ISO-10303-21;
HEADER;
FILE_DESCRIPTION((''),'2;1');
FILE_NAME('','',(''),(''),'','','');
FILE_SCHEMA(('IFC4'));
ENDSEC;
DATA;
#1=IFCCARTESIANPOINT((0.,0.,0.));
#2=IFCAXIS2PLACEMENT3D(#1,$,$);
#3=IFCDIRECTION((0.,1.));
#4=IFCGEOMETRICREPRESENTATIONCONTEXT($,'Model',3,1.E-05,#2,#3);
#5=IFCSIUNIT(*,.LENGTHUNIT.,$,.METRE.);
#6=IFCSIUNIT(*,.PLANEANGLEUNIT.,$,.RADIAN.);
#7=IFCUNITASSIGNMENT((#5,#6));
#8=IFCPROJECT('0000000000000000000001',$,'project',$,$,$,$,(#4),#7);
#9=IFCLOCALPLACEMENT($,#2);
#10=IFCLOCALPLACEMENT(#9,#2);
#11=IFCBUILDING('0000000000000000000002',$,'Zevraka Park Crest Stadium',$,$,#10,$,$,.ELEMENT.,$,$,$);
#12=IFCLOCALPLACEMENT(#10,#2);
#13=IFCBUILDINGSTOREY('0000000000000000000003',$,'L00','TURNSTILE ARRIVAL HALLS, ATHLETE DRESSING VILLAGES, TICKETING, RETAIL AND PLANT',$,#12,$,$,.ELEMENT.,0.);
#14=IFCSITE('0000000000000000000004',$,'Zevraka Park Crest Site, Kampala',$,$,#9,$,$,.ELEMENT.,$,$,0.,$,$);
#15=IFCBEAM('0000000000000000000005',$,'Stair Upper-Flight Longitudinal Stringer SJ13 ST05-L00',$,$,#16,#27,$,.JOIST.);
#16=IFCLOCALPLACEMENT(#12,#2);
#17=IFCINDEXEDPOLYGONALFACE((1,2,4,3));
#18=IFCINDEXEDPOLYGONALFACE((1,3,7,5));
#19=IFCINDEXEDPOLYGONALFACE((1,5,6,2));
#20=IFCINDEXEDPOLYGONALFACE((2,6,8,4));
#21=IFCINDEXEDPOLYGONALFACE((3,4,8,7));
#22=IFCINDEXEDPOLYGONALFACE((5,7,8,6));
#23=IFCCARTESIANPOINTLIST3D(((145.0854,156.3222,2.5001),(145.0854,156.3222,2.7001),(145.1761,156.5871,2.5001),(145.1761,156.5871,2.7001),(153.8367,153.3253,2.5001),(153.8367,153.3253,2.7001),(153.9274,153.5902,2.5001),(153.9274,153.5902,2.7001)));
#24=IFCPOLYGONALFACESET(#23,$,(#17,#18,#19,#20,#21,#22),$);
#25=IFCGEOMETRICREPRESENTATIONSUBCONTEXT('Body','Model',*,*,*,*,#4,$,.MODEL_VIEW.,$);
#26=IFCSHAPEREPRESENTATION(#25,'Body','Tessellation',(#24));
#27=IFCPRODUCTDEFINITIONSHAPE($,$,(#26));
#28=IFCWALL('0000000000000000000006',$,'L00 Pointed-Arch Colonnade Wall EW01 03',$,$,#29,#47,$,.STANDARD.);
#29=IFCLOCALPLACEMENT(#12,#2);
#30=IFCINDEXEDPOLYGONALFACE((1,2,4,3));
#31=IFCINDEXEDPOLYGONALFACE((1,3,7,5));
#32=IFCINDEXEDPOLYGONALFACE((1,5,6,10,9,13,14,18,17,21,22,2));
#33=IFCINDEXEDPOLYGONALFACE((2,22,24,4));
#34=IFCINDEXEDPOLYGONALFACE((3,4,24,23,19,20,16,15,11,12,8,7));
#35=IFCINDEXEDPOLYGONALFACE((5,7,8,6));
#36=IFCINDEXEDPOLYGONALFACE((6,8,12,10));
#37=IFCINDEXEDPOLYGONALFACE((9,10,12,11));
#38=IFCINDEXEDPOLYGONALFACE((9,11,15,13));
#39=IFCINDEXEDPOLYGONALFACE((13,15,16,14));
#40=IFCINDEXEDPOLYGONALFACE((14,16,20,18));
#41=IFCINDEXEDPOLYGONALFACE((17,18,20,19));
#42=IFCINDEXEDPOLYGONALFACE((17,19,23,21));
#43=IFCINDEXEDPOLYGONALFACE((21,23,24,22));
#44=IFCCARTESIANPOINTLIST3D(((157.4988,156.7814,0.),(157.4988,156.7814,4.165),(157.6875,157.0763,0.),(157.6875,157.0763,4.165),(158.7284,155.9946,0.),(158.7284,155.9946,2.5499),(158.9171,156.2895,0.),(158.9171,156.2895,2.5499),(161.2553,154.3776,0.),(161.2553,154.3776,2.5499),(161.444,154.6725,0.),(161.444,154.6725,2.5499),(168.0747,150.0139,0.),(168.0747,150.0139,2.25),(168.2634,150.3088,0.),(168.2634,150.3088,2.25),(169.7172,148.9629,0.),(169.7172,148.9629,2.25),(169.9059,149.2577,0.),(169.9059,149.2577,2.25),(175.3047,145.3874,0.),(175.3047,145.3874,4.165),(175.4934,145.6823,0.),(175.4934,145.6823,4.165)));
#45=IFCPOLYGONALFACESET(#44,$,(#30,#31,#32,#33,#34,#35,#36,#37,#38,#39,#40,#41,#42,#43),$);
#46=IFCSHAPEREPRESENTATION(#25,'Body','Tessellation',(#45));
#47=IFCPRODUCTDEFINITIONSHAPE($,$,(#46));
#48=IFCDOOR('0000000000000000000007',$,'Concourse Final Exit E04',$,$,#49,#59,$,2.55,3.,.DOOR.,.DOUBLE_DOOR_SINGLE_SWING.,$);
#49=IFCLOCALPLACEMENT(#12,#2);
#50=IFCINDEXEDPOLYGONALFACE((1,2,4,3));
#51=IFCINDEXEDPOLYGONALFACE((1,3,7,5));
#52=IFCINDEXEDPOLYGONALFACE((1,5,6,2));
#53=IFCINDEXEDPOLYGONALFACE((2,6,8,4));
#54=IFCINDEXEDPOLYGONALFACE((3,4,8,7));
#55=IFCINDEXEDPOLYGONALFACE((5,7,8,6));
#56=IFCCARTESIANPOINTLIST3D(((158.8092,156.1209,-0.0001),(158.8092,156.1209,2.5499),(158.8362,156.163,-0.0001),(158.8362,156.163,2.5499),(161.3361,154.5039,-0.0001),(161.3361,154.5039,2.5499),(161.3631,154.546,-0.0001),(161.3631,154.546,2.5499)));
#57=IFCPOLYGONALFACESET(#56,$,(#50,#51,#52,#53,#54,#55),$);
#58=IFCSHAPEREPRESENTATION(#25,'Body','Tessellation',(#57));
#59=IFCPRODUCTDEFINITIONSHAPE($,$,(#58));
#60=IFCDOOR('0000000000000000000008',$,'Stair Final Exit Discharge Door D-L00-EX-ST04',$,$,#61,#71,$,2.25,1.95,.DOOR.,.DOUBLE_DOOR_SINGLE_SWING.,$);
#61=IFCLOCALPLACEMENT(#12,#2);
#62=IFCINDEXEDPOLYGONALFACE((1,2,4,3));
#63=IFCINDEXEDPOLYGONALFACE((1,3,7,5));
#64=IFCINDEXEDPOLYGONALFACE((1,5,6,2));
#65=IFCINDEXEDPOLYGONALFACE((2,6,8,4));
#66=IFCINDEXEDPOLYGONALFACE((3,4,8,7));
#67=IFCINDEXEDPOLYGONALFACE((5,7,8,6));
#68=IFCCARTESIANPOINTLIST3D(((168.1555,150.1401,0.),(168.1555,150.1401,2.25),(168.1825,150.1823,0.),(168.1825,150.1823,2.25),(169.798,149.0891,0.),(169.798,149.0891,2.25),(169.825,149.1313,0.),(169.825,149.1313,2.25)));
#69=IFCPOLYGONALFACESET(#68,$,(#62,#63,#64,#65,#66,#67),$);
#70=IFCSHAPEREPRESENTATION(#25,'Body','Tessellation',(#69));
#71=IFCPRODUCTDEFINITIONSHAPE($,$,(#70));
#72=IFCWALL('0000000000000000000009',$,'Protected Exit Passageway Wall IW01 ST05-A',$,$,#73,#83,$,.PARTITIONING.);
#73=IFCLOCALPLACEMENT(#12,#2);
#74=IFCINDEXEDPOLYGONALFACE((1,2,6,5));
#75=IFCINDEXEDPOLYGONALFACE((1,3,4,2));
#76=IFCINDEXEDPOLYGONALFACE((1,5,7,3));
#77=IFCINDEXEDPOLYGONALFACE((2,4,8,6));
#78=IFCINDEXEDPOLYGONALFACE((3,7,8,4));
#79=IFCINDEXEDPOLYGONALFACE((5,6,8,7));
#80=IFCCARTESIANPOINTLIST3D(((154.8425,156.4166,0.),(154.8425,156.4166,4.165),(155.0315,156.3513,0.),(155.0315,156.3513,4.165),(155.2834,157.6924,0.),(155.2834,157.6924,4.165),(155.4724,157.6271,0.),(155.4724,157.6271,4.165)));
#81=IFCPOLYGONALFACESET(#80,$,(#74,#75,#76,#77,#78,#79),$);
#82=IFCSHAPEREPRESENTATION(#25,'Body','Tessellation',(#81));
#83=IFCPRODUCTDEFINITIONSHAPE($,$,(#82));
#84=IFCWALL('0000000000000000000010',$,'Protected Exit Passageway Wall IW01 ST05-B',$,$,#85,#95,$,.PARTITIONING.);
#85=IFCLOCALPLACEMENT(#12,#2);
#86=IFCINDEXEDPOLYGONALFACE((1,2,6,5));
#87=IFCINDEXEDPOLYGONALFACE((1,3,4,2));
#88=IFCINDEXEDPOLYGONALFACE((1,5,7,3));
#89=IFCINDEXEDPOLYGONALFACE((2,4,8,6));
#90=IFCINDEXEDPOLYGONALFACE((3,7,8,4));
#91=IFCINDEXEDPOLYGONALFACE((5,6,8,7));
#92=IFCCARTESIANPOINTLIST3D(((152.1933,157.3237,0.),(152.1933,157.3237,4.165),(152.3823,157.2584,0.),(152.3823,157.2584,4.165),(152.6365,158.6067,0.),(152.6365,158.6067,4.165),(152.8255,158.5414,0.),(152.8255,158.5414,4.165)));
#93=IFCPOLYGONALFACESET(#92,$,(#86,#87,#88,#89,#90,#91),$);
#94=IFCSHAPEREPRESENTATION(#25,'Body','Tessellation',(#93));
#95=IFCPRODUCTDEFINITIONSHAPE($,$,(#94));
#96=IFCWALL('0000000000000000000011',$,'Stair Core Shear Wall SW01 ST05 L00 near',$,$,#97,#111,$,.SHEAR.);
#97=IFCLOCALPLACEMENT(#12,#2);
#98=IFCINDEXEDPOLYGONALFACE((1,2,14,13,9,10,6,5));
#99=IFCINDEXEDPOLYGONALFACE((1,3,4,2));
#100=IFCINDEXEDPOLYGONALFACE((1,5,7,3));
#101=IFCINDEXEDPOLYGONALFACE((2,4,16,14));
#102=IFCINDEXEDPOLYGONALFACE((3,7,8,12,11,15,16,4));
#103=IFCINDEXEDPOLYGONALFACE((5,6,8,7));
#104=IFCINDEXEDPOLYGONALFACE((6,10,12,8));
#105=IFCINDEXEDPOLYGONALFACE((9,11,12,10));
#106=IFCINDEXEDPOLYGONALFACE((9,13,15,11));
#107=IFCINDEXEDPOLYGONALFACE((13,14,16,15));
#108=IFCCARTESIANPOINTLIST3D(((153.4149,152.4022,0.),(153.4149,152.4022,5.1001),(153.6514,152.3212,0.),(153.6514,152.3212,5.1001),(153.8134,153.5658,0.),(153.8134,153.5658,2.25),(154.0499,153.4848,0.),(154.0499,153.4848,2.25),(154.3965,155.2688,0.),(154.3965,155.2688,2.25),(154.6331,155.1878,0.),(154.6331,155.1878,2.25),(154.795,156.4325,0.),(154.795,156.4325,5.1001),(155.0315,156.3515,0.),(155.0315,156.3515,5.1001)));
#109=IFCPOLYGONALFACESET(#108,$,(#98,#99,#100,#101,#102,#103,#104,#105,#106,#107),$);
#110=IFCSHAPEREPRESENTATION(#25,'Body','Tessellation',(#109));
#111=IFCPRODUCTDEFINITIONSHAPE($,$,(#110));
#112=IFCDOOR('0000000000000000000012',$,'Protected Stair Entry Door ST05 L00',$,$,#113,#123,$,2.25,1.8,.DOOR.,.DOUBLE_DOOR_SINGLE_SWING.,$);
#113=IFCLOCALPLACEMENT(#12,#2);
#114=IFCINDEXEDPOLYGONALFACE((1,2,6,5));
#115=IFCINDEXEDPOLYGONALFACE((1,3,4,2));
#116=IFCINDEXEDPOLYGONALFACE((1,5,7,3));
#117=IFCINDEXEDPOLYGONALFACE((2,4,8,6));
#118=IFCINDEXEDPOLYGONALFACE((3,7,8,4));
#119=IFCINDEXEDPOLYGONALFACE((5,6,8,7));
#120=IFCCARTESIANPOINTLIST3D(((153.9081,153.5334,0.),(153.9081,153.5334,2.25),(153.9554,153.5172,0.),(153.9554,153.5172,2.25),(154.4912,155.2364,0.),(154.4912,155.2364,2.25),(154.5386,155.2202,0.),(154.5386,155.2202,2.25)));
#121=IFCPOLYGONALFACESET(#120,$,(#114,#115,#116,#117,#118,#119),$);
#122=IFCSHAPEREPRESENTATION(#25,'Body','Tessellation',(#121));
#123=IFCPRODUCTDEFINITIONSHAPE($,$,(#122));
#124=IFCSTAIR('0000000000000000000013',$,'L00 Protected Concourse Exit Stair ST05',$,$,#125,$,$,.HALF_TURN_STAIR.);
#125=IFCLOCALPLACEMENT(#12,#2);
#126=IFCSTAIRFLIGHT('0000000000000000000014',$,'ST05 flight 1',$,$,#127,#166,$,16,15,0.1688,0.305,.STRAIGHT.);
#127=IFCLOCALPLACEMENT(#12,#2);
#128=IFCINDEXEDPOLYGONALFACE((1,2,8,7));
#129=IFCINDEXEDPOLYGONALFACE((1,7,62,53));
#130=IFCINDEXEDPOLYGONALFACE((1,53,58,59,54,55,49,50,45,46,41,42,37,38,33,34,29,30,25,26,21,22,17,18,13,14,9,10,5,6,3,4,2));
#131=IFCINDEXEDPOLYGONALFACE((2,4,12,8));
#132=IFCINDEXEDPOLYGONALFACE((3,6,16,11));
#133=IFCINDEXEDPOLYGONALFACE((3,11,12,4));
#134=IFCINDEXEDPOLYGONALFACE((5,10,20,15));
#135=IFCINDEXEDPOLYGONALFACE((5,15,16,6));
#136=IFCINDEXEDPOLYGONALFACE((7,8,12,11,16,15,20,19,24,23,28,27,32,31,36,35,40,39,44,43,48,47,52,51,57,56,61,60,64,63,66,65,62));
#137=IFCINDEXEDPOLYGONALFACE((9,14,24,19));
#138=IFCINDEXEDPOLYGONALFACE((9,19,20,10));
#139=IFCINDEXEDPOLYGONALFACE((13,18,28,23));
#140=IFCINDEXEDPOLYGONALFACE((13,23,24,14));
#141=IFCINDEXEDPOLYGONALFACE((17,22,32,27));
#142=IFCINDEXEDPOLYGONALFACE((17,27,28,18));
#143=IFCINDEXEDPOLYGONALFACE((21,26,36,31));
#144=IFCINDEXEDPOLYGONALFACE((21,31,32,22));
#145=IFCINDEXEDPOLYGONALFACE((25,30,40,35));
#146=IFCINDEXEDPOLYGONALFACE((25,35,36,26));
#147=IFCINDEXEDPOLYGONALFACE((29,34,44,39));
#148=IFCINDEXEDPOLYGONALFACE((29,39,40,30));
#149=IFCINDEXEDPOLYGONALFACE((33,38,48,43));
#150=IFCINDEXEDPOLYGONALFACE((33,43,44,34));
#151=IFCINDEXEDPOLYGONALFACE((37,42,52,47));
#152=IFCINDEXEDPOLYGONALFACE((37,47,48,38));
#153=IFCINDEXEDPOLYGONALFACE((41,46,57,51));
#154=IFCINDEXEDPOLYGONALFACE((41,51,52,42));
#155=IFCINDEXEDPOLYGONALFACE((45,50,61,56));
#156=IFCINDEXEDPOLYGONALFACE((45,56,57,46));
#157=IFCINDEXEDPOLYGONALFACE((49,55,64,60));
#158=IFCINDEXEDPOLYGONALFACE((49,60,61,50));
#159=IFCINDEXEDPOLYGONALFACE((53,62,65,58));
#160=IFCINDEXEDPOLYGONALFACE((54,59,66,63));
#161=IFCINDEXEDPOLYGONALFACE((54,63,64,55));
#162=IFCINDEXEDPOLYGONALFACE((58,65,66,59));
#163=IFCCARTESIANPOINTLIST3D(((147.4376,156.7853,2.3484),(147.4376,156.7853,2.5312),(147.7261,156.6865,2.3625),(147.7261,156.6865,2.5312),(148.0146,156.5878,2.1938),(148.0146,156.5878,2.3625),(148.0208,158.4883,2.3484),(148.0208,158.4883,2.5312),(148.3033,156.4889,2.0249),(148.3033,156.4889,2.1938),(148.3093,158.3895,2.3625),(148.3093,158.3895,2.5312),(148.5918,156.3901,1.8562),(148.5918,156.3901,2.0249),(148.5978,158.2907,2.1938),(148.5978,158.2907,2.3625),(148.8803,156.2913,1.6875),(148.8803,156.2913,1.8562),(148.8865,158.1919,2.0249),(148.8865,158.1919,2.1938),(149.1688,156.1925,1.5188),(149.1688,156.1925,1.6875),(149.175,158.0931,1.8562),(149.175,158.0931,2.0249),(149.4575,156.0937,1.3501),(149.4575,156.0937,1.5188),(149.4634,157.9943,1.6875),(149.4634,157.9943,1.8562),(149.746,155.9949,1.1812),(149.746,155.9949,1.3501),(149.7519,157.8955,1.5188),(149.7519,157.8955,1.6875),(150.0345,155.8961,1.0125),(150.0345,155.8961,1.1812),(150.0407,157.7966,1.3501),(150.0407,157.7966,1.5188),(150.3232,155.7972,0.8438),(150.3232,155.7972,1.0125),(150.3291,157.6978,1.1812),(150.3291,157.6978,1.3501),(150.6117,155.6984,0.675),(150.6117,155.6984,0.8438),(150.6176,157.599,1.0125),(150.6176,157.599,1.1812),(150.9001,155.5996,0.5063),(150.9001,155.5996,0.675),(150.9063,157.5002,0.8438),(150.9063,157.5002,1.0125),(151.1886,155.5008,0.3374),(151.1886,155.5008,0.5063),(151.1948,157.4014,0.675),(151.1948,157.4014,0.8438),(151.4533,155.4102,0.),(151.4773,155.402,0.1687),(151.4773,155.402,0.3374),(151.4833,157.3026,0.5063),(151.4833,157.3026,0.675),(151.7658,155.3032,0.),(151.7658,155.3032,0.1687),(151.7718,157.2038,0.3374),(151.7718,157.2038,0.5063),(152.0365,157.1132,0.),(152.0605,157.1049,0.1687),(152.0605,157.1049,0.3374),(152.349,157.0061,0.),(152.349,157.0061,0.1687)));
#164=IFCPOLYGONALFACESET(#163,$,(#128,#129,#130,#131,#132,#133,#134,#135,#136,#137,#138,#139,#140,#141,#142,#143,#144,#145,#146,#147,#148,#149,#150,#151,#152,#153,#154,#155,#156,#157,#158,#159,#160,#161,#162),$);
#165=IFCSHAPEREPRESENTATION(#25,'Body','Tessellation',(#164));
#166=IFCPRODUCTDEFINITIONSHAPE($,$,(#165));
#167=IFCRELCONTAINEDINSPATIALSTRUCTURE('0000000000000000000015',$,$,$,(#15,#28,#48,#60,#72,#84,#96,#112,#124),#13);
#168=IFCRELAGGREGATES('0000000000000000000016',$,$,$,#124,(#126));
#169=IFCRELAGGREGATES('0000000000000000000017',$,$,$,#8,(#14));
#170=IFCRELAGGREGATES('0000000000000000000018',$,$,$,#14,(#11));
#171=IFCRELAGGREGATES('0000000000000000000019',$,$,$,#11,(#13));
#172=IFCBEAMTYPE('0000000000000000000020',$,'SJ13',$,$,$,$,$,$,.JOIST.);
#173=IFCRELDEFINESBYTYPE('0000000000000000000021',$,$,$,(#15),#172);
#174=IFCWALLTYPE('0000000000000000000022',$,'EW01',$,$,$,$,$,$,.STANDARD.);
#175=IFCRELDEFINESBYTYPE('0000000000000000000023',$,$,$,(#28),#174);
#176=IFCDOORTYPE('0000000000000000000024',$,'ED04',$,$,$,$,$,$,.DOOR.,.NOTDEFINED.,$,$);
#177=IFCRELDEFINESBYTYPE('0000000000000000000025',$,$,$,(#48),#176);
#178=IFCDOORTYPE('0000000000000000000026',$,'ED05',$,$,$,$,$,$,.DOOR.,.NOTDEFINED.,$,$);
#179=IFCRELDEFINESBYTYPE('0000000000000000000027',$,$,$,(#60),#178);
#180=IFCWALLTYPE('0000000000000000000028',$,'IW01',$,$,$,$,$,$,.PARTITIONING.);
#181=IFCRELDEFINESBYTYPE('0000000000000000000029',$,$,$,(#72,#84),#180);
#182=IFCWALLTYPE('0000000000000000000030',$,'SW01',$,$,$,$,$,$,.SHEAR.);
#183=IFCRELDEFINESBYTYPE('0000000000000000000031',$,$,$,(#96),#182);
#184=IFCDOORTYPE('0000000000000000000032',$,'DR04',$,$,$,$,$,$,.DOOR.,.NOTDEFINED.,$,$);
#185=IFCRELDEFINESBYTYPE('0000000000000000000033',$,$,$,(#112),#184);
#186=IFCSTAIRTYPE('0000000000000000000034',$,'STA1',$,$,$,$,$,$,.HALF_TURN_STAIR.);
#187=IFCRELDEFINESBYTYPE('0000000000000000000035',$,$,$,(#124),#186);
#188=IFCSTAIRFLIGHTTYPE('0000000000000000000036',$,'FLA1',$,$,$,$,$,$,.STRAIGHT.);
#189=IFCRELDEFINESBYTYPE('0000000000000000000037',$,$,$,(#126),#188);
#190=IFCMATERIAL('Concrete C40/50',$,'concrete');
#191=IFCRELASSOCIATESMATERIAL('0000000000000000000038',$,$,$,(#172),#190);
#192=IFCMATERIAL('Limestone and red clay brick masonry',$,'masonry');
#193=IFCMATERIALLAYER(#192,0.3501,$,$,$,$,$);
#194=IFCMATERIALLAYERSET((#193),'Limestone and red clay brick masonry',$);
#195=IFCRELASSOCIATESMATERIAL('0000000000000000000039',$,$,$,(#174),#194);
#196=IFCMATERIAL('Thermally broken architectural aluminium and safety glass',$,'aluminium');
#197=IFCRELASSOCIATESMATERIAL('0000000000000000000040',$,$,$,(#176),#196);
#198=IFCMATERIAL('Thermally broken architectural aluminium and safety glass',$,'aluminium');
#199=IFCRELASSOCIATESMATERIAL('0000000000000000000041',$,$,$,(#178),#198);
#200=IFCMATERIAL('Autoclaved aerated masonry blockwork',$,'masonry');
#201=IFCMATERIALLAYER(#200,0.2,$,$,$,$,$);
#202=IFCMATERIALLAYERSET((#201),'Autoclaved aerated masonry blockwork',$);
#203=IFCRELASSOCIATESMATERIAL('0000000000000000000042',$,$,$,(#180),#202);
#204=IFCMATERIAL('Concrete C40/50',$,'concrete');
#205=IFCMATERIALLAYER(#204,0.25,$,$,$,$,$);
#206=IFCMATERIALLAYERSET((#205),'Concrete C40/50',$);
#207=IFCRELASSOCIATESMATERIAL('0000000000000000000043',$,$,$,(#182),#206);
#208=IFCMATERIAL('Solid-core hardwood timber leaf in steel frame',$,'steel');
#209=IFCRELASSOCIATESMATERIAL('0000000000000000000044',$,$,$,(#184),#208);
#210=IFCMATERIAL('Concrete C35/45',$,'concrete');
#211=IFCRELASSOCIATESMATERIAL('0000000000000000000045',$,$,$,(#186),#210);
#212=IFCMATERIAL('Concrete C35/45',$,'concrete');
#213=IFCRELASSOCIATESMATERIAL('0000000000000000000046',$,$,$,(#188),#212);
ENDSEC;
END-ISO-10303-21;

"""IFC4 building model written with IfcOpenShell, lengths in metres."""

from ifc_helpers import new_model, si_unit, direction, frame, frame_2d, origin, origin_2d, place, context, subcontext, project, spatial, polyline, rectangle, outline, extrude, material, layer, layer_set, material_profile, profile_set, type_object, element, fill, aggregate, save


model = new_model("IFC4")

# Units and contexts
model_context = context("Model", 3, precision=1e-05, world=origin(), true_north=direction((0.0, 1.0)))
body_context = subcontext(model_context, "Body", "Model", "MODEL_VIEW")
ifc_project = project(units=[si_unit("LENGTHUNIT", "METRE"), si_unit("PLANEANGLEUNIT", "RADIAN")], contexts=[model_context])

# Site, building, storey
site_placement = place(None, origin())
site = spatial("IfcSite", under=ifc_project, at=site_placement, Name="Zevraka Park Crest Site, Kampala", CompositionType="ELEMENT", RefElevation=0.0)
building_placement = place(site_placement, origin())
building = spatial("IfcBuilding", under=site, at=building_placement, Name="Zevraka Park Crest Stadium", CompositionType="ELEMENT")
storey_placement = place(building_placement, origin())
storey = spatial("IfcBuildingStorey", under=building, at=storey_placement, Name="L00", Description="TURNSTILE ARRIVAL HALLS, ATHLETE DRESSING VILLAGES, TICKETING, RETAIL AND PLANT", CompositionType="ELEMENT", Elevation=0.0)

# Beam
ifc_material_1 = material(Name="Concrete C40/50", Category="concrete")
ifc_material_profile_1 = material_profile(ifc_material_1, rectangle(XDim=0.28, YDim=0.2, at=origin_2d()), Name="RC 200x280")
ifc_profile_set_1 = profile_set([ifc_material_profile_1], Name="Concrete C40/50")
beam_type = type_object("IfcBeamType", Name="SJ13", PredefinedType="JOIST", material=ifc_profile_set_1)
beam_placement = place(storey_placement, frame((153.8821, 153.4578, 2.6001), z_axis=(-0.946065, 0.323977, 0.0), x_axis=(-0.323977, -0.946065, 0.0)))
element("IfcBeam", 1, at=beam_placement, inside=storey, type_object=beam_type, Name="Stair Upper-Flight Longitudinal Stringer SJ13 ST05-L00", PredefinedType="JOIST", context=body_context, shape_type="SweptSolid", body=[
    extrude(rectangle(XDim=0.28, YDim=0.2, at=origin_2d()), origin(), (0.0, 0.0, 1.0), 9.2502),
])

# Wall, openings, doors
ifc_material_2 = material(Name="Limestone and red clay brick masonry", Category="masonry")
ifc_layer_1 = layer(ifc_material_2, 0.3501)
ifc_layer_set_1 = layer_set([ifc_layer_1], Name="Limestone and red clay brick masonry")
wall_type_1 = type_object("IfcWallType", Name="EW01", PredefinedType="STANDARD", material=ifc_layer_set_1)
wall_1_placement = place(storey_placement, frame((157.593, 156.929, 0.0), z_axis=(0.0, 0.0, 1.0), x_axis=(0.842309, -0.538995, 0.0)))
wall_1 = element("IfcWall", 2, at=wall_1_placement, inside=storey, type_object=wall_type_1, Name="L00 Pointed-Arch Colonnade Wall EW01 03", PredefinedType="STANDARD", context=body_context, shape_type="SweptSolid", body=[
    extrude(rectangle(XDim=21.1394, YDim=0.3501, at=frame_2d((10.5698, 0.0))), origin(), (0.0, 0.0, 1.0), 4.165),
])
opening_1_placement = place(wall_1_placement, frame((12.5559, 0.0, 0.0)))
opening_1 = element("IfcOpeningElement", 3, at=opening_1_placement, cuts=wall_1, PredefinedType="OPENING", context=body_context, shape_type="SweptSolid", body=[
    extrude(rectangle(XDim=1.95, YDim=2.25, at=frame_2d((0.9751, 1.125))), frame((0.0, 0.1851, 0.0), z_axis=(0.0, -1.0, 0.0), x_axis=(1.0, 0.0, 0.0)), (0.0, 0.0, 1.0), 0.3701),
])
opening_2_placement = place(wall_1_placement, frame((1.46, 0.0, 0.0)))
opening_2 = element("IfcOpeningElement", 4, at=opening_2_placement, cuts=wall_1, PredefinedType="OPENING", context=body_context, shape_type="SweptSolid", body=[
    extrude(rectangle(XDim=3.0, YDim=2.55, at=frame_2d((1.5, 1.2749))), frame((0.0, 0.1851, 0.0), z_axis=(0.0, -1.0, 0.0), x_axis=(1.0, 0.0, 0.0)), (0.0, 0.0, 1.0), 0.3701),
])
ifc_material_3 = material(Name="Thermally broken architectural aluminium and safety glass", Category="aluminium")
door_type_1 = type_object("IfcDoorType", Name="ED04", OperationType="NOTDEFINED", PredefinedType="DOOR", material=ifc_material_3)
door_1_placement = place(opening_2_placement, origin())
door_1 = element("IfcDoor", 5, at=door_1_placement, inside=storey, type_object=door_type_1, Name="Concourse Final Exit E04", OperationType="DOUBLE_DOOR_SINGLE_SWING", OverallHeight=2.55, OverallWidth=3.0, PredefinedType="DOOR", context=body_context, shape_type="SweptSolid", body=[
    extrude(rectangle(XDim=3.0, YDim=2.55, at=frame_2d((1.5, 1.2749))), frame((0.0, 0.0249, 0.0), z_axis=(0.0, -1.0, 0.0), x_axis=(1.0, 0.0, 0.0)), (0.0, 0.0, 1.0), 0.05),
])
fill(opening_2, door_1)
ifc_material_4 = material(Name="Thermally broken architectural aluminium and safety glass", Category="aluminium")
door_type_2 = type_object("IfcDoorType", Name="ED05", OperationType="NOTDEFINED", PredefinedType="DOOR", material=ifc_material_4)
door_2_placement = place(opening_1_placement, origin())
door_2 = element("IfcDoor", 6, at=door_2_placement, inside=storey, type_object=door_type_2, Name="Stair Final Exit Discharge Door D-L00-EX-ST04", OperationType="DOUBLE_DOOR_SINGLE_SWING", OverallHeight=2.25, OverallWidth=1.95, PredefinedType="DOOR", context=body_context, shape_type="SweptSolid", body=[
    extrude(rectangle(XDim=1.95, YDim=2.25, at=frame_2d((0.9751, 1.125))), frame((0.0, 0.0249, 0.0), z_axis=(0.0, -1.0, 0.0), x_axis=(1.0, 0.0, 0.0)), (0.0, 0.0, 1.0), 0.05),
])
fill(opening_1, door_2)

# Walls
ifc_material_5 = material(Name="Autoclaved aerated masonry blockwork", Category="masonry")
ifc_layer_2 = layer(ifc_material_5, 0.2)
ifc_layer_set_2 = layer_set([ifc_layer_2], Name="Autoclaved aerated masonry blockwork")
wall_type_2 = type_object("IfcWallType", Name="IW01", PredefinedType="PARTITIONING", material=ifc_layer_set_2)
wall_2_placement = place(storey_placement, frame((154.937, 156.384, 0.0), z_axis=(0.0, 0.0, 1.0), x_axis=(0.326626, 0.945154, 0.0)))
element("IfcWall", 7, at=wall_2_placement, inside=storey, type_object=wall_type_2, Name="Protected Exit Passageway Wall IW01 ST05-A", PredefinedType="PARTITIONING", context=body_context, shape_type="SweptSolid", body=[
    extrude(rectangle(XDim=1.3499, YDim=0.2, at=frame_2d((0.6748, 0.0))), origin(), (0.0, 0.0, 1.0), 4.165),
])
wall_3_placement = place(storey_placement, frame((152.2878, 157.291, 0.0), z_axis=(0.0, 0.0, 1.0), x_axis=(0.326462, 0.94521, 0.0)))
element("IfcWall", 8, at=wall_3_placement, inside=storey, type_object=wall_type_2, Name="Protected Exit Passageway Wall IW01 ST05-B", PredefinedType="PARTITIONING", context=body_context, shape_type="SweptSolid", body=[
    extrude(rectangle(XDim=1.3574, YDim=0.2, at=frame_2d((0.6787, 0.0))), origin(), (0.0, 0.0, 1.0), 4.165),
])

# Wall, opening, door
ifc_material_6 = material(Name="Concrete C40/50", Category="concrete")
ifc_layer_3 = layer(ifc_material_6, 0.25)
ifc_layer_set_3 = layer_set([ifc_layer_3], Name="Concrete C40/50")
wall_type_3 = type_object("IfcWallType", Name="SW01", PredefinedType="SHEAR", material=ifc_layer_set_3)
wall_4_placement = place(storey_placement, frame((153.5332, 152.3618, 0.0), z_axis=(0.0, 0.0, 1.0), x_axis=(0.323971, 0.946067, 0.0)))
wall_4 = element("IfcWall", 9, at=wall_4_placement, inside=storey, type_object=wall_type_3, Name="Stair Core Shear Wall SW01 ST05 L00 near", PredefinedType="SHEAR", context=body_context, shape_type="SweptSolid", body=[
    extrude(rectangle(XDim=4.26, YDim=0.25, at=frame_2d((2.1299, 0.0))), origin(), (0.0, 0.0, 1.0), 5.1001),
])
opening_3_placement = place(wall_4_placement, frame((1.23, 0.0, 0.0)))
opening_3 = element("IfcOpeningElement", 10, at=opening_3_placement, cuts=wall_4, PredefinedType="OPENING", context=body_context, shape_type="SweptSolid", body=[
    extrude(rectangle(XDim=1.8, YDim=2.25, at=frame_2d((0.8999, 1.125))), frame((0.0, 0.135, 0.0), z_axis=(0.0, -1.0, 0.0), x_axis=(1.0, 0.0, 0.0)), (0.0, 0.0, 1.0), 0.27),
])
ifc_material_7 = material(Name="Solid-core hardwood timber leaf in steel frame", Category="steel")
door_type_3 = type_object("IfcDoorType", Name="DR04", OperationType="NOTDEFINED", PredefinedType="DOOR", material=ifc_material_7)
door_3_placement = place(opening_3_placement, origin())
door_3 = element("IfcDoor", 11, at=door_3_placement, inside=storey, type_object=door_type_3, Name="Protected Stair Entry Door ST05 L00", OperationType="DOUBLE_DOOR_SINGLE_SWING", OverallHeight=2.25, OverallWidth=1.8, PredefinedType="DOOR", context=body_context, shape_type="SweptSolid", body=[
    extrude(rectangle(XDim=1.8, YDim=2.25, at=frame_2d((0.8999, 1.125))), frame((0.0, 0.0249, 0.0), z_axis=(0.0, -1.0, 0.0), x_axis=(1.0, 0.0, 0.0)), (0.0, 0.0, 1.0), 0.05),
])
fill(opening_3, door_3)

# Stair, stair flight
ifc_material_8 = material(Name="Concrete C35/45", Category="concrete")
stair_type = type_object("IfcStairType", Name="STA1", PredefinedType="HALF_TURN_STAIR", material=ifc_material_8)
stair_placement = place(storey_placement, origin())
stair = element("IfcStair", 12, at=stair_placement, inside=storey, type_object=stair_type, Name="L00 Protected Concourse Exit Stair ST05", PredefinedType="HALF_TURN_STAIR")
ifc_material_9 = material(Name="Concrete C35/45", Category="concrete")
stair_flight_type = type_object("IfcStairFlightType", Name="FLA1", PredefinedType="STRAIGHT", material=ifc_material_9)
stair_flight_placement = place(storey_placement, frame((152.0574, 156.1545, 0.0), z_axis=(0.0, 0.0, 1.0), x_axis=(-0.946066, 0.323974, 0.0)))
stair_flight = element("IfcStairFlight", 13, at=stair_flight_placement, type_object=stair_flight_type, Name="ST05 flight 1", NumberOfRisers=16, NumberOfTreads=15, PredefinedType="STRAIGHT", RiserHeight=0.1688, TreadLength=0.305, context=body_context, shape_type="SweptSolid", body=[
    extrude(outline(polyline([(0.0, 0.0), (0.0, 0.1687), (0.3049, 0.1687), (0.3049, 0.3374), (0.6101, 0.3374), (0.6101, 0.5063), (0.915, 0.5063), (0.915, 0.675), (1.22, 0.675), (1.22, 0.8438), (1.5249, 0.8438), (1.5249, 1.0125), (1.8301, 1.0125), (1.8301, 1.1812), (2.135, 1.1812), (2.135, 1.3501), (2.4399, 1.3501), (2.4399, 1.5188), (2.7451, 1.5188), (2.7451, 1.6875), (3.05, 1.6875), (3.05, 1.8562), (3.355, 1.8562), (3.355, 2.0249), (3.6599, 2.0249), (3.6599, 2.1938), (3.9651, 2.1938), (3.9651, 2.3625), (4.27, 2.3625), (4.27, 2.5312), (4.575, 2.5312), (4.575, 2.7), (4.575, 2.3484), (0.3303, 0.0), (0.0, 0.0)])), frame((0.0, 0.8999, 0.0), z_axis=(0.0, -1.0, 0.0), x_axis=(1.0, 0.0, 0.0)), (0.0, 0.0, 1.0), 1.8),
])
aggregate(stair, [stair_flight])

save(model, "model.ifc")
